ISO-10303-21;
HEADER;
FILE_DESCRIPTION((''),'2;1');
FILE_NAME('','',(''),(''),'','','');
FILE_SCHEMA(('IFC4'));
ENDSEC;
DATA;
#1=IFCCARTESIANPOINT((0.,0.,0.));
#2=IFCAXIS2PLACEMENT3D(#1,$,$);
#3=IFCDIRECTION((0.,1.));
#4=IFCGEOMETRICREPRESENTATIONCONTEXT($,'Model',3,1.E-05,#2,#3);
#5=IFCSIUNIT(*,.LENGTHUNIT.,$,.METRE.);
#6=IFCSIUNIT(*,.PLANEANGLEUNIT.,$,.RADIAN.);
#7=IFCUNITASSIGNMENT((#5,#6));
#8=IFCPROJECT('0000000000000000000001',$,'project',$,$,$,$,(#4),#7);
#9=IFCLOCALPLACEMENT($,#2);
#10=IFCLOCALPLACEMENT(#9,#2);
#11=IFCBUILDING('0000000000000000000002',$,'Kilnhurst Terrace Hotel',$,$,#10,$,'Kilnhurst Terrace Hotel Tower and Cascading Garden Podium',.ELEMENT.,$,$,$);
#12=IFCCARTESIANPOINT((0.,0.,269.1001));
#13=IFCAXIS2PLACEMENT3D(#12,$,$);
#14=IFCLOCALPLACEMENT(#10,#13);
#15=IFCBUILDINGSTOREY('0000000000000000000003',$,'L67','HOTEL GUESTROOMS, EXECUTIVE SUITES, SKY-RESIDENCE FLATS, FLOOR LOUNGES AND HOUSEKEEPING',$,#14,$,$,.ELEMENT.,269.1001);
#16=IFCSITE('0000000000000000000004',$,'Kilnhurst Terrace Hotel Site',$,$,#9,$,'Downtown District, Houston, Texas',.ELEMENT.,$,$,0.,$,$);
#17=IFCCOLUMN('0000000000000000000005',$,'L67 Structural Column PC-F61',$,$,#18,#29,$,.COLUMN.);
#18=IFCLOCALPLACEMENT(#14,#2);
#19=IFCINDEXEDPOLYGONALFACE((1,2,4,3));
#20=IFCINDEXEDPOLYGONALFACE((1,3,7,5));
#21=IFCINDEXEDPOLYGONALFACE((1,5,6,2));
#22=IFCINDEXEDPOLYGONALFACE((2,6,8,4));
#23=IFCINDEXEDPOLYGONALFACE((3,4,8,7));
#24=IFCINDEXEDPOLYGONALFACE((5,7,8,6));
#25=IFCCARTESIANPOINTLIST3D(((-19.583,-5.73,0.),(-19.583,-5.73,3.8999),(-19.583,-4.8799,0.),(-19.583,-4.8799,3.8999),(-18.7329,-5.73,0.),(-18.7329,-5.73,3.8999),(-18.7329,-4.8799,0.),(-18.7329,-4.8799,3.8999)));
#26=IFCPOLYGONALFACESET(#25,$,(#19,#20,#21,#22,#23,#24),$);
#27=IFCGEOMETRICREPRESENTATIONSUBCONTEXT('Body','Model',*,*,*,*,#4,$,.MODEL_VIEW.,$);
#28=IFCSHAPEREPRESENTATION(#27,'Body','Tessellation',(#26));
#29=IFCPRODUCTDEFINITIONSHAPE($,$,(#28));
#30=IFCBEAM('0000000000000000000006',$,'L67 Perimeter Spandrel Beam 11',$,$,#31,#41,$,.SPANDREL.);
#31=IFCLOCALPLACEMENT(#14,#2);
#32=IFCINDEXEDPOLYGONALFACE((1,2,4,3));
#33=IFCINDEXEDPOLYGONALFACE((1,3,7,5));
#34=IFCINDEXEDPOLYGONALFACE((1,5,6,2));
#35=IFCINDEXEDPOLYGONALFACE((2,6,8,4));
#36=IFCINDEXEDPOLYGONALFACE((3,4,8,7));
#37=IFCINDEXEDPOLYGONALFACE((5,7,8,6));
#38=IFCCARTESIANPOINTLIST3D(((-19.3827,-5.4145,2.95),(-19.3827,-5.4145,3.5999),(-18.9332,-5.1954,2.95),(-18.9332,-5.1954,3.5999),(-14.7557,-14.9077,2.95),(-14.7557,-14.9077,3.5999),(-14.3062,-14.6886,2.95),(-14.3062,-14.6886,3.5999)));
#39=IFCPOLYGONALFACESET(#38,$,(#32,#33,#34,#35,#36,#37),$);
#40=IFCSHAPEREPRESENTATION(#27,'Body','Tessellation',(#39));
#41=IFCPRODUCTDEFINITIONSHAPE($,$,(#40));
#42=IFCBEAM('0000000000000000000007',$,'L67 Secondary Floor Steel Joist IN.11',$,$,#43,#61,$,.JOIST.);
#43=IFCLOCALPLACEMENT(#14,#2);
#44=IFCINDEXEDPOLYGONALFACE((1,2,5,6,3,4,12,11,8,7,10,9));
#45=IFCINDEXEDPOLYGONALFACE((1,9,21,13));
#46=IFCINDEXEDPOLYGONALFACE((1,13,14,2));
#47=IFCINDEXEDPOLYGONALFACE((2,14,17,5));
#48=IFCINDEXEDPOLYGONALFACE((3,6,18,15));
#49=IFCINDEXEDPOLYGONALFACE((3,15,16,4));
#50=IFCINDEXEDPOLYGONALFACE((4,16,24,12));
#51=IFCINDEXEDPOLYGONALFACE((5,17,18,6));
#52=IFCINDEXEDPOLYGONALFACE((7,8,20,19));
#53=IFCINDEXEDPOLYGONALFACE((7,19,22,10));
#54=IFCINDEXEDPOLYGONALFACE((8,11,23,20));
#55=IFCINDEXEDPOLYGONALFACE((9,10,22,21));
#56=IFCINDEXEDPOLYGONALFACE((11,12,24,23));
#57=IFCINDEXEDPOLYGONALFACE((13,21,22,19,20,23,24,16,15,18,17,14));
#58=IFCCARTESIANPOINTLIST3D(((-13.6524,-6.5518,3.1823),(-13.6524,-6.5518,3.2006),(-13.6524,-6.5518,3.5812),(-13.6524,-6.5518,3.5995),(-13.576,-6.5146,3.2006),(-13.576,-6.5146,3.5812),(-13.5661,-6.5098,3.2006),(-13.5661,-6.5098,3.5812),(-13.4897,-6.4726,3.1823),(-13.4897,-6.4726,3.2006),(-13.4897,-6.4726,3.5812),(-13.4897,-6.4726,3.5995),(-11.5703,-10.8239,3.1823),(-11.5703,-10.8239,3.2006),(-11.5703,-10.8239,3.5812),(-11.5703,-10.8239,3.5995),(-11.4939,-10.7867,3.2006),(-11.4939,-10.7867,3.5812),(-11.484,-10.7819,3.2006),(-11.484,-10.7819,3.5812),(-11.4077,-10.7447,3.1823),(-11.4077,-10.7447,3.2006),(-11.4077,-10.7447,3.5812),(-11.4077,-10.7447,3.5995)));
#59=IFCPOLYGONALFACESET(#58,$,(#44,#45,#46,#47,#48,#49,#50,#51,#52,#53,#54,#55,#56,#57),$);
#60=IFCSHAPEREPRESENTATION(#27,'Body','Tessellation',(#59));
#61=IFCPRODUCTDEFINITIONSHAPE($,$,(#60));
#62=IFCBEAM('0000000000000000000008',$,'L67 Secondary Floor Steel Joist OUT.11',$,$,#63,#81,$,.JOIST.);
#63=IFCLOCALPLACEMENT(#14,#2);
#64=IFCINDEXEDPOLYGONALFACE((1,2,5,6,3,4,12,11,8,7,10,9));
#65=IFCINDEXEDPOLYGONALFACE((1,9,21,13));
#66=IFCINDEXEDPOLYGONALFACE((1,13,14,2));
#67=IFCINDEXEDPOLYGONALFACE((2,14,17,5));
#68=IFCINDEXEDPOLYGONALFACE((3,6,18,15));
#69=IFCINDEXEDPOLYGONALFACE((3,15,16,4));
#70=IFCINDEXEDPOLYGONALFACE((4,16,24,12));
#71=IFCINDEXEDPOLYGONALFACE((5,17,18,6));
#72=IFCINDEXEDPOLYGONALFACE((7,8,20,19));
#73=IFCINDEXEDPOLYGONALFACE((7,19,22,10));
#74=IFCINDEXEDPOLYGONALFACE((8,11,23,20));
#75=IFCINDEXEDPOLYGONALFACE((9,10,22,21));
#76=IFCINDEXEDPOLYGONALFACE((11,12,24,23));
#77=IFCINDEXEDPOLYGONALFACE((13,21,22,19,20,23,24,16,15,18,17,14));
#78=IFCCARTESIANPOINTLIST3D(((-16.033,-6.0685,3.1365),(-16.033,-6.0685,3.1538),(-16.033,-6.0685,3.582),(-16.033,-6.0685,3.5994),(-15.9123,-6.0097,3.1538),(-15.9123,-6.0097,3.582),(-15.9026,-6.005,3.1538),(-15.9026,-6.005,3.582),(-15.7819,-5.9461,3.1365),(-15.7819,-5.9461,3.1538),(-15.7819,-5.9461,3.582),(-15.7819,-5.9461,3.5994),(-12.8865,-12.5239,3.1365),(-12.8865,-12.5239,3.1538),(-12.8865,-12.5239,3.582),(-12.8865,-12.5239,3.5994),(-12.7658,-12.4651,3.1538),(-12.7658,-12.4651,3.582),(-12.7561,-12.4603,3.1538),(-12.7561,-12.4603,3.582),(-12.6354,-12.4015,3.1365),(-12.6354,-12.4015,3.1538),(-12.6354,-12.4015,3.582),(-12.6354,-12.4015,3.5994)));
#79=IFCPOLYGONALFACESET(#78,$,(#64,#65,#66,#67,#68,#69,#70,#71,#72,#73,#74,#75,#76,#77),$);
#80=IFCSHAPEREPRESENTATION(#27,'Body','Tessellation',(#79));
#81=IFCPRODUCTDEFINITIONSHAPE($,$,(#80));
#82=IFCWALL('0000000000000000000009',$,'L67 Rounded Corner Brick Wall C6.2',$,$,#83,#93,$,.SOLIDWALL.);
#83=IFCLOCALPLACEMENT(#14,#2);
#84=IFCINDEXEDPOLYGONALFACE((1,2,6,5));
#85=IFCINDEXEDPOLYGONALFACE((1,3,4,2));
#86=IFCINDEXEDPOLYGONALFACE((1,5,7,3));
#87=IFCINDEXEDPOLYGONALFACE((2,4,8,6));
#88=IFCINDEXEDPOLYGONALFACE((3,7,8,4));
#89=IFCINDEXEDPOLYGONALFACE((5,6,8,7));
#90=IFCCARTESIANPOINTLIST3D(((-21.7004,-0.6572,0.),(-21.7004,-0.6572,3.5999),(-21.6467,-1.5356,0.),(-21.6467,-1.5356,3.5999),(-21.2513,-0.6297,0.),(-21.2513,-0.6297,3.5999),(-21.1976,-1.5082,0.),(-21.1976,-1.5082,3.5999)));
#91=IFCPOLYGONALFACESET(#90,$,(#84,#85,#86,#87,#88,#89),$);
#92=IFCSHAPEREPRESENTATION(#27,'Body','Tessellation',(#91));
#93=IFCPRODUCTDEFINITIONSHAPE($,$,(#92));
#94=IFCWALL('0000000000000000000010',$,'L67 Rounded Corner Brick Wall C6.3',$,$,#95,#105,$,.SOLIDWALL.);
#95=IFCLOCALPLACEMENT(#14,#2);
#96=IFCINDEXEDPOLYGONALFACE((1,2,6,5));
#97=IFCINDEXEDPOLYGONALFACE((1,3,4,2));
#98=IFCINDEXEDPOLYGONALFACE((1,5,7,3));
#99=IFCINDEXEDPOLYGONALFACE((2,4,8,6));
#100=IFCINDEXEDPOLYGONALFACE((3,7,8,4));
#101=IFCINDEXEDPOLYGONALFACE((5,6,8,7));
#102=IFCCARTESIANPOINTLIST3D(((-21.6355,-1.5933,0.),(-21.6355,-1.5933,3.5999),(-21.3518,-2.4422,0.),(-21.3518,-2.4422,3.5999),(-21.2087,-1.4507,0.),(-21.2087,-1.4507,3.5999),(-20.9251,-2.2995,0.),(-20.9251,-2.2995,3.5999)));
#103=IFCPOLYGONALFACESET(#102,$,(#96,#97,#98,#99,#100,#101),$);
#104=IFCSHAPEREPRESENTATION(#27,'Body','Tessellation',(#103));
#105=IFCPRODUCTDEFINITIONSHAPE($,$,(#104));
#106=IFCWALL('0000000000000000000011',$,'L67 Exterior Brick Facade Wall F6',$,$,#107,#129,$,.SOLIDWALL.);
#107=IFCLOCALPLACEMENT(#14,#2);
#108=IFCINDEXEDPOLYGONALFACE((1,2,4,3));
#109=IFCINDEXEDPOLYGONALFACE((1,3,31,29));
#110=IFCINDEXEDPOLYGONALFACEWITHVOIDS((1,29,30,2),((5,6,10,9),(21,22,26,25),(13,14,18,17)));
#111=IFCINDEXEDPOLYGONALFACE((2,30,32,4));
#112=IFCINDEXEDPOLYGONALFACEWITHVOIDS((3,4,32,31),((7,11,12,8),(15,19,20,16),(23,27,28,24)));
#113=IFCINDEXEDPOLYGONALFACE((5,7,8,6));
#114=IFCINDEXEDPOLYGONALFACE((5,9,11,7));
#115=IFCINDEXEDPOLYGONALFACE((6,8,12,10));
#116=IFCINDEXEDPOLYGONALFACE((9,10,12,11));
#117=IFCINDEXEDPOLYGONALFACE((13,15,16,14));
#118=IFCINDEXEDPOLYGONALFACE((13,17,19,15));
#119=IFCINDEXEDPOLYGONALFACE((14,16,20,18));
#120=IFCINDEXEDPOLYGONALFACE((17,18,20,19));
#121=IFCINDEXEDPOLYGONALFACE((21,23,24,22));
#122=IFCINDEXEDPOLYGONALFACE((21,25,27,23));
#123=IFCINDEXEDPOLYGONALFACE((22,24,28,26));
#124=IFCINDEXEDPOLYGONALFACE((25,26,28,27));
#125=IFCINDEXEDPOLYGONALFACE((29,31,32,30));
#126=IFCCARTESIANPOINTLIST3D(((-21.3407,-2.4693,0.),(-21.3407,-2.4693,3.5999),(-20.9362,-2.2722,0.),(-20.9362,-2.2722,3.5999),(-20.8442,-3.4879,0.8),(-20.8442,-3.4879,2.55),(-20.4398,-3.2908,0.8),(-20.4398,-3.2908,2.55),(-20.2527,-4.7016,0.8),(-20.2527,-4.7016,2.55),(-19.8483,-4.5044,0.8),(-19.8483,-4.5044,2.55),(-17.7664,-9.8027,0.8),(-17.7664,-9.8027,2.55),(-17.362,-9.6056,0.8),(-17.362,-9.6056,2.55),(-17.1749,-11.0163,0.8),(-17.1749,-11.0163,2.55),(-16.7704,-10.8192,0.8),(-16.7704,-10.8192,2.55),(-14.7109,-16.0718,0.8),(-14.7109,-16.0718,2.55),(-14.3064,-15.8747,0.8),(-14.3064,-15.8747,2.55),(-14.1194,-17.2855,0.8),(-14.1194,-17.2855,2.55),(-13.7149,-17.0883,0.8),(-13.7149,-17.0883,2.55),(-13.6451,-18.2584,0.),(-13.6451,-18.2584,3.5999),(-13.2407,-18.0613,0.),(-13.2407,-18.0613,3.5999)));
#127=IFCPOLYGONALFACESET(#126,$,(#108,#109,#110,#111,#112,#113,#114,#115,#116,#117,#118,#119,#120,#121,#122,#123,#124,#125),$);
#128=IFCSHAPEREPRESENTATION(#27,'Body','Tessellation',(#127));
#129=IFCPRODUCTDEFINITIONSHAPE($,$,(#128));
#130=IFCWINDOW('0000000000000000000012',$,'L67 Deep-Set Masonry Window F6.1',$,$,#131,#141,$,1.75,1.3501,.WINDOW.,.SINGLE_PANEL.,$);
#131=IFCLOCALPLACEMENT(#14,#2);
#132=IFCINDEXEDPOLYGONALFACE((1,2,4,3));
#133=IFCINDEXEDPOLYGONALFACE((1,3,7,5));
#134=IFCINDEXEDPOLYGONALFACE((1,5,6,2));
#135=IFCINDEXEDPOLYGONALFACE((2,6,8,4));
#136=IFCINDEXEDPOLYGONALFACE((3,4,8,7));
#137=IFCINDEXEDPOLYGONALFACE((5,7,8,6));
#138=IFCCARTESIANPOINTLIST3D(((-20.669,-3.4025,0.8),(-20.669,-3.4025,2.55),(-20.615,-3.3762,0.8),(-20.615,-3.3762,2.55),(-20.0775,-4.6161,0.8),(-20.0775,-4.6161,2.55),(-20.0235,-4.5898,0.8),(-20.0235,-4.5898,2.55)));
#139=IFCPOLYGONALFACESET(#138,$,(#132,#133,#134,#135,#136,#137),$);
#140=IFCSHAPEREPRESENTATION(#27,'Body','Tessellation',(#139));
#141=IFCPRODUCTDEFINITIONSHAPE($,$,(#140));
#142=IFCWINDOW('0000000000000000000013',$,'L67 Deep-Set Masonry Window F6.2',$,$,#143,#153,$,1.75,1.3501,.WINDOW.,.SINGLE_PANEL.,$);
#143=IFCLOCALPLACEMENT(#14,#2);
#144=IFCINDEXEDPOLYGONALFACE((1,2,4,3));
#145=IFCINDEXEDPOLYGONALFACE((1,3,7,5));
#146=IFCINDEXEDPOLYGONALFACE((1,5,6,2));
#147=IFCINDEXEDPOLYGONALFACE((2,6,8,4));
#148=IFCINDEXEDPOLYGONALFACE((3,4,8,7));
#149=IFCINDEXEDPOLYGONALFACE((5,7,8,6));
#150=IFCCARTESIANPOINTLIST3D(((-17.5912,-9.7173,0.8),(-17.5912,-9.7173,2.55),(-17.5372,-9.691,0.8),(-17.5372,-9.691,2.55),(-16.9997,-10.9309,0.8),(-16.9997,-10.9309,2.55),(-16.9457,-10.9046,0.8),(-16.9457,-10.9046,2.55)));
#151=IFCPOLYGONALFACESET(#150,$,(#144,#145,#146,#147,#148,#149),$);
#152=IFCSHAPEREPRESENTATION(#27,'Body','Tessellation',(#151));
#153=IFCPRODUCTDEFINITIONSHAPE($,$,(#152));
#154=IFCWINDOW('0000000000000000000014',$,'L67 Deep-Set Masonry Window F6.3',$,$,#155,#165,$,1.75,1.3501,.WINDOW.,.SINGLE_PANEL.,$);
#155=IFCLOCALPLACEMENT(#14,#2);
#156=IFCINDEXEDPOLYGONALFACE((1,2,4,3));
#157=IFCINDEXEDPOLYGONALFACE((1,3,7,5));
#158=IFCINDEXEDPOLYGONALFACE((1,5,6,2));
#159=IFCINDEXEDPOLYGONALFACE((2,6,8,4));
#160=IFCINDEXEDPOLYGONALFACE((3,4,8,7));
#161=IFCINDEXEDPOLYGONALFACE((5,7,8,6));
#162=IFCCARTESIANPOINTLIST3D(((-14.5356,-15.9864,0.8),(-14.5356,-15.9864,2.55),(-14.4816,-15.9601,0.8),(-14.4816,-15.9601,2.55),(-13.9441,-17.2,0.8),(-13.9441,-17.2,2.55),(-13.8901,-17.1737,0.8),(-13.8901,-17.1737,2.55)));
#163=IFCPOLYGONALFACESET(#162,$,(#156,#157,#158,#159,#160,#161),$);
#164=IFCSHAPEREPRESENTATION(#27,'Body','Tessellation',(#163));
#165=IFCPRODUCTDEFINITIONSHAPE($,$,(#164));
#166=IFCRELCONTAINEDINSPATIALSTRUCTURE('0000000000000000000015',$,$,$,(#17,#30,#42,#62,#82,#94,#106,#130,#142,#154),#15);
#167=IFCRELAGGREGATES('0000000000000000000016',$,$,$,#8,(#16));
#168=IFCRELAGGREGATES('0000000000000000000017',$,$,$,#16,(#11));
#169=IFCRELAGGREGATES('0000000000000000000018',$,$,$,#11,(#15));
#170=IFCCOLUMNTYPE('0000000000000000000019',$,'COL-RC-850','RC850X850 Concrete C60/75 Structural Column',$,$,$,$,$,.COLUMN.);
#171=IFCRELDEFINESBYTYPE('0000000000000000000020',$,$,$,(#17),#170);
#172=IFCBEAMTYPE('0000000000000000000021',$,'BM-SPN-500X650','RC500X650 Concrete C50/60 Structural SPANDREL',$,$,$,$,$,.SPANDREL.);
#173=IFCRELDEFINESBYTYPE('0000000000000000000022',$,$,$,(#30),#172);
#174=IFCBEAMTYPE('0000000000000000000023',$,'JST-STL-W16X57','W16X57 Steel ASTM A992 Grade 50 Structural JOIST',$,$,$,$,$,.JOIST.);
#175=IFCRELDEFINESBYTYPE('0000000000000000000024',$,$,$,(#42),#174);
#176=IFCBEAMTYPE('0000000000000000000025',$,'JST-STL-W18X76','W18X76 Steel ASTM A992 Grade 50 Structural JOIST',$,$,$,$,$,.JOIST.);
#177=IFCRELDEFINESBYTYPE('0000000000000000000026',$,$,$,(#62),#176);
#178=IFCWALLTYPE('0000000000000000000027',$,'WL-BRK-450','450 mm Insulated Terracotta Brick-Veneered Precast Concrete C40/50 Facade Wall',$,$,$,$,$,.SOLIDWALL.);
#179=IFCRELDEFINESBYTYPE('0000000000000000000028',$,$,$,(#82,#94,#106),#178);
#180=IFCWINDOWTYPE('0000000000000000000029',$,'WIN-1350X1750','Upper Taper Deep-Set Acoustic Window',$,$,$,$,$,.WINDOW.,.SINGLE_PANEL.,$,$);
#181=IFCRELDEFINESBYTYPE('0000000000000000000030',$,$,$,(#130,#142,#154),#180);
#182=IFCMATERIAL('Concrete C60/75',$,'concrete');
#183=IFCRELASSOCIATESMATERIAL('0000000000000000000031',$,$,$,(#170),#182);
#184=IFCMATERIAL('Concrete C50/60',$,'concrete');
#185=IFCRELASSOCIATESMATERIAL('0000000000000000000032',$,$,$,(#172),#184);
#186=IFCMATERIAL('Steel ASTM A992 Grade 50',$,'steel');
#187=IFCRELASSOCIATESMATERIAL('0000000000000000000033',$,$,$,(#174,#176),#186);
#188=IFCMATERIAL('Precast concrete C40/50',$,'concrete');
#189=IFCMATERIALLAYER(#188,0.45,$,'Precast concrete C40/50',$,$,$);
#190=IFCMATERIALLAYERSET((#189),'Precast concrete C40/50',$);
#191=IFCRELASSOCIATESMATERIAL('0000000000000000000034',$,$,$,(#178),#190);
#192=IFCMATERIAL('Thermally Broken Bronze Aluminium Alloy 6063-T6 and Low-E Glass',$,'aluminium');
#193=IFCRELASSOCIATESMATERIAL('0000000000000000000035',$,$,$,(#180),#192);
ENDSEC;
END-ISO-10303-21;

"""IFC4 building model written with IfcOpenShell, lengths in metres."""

from ifc_helpers import new_model, si_unit, direction, frame, frame_2d, origin, origin_2d, place, context, subcontext, project, spatial, rectangle, i_section, extrude, material, layer, layer_set, material_profile, profile_set, type_object, element, fill, save


model = new_model("IFC4")

# Units and contexts
model_context = context("Model", 3, precision=1e-05, world=origin(), true_north=direction((0.0, 1.0)))
body_context = subcontext(model_context, "Body", "Model", "MODEL_VIEW")
ifc_project = project(units=[si_unit("LENGTHUNIT", "METRE"), si_unit("PLANEANGLEUNIT", "RADIAN")], contexts=[model_context])

# Site, building, storey
site_placement = place(None, origin())
site = spatial("IfcSite", under=ifc_project, at=site_placement, Name="Kilnhurst Terrace Hotel Site", LongName="Downtown District, Houston, Texas", CompositionType="ELEMENT", RefElevation=0.0)
building_placement = place(site_placement, origin())
building = spatial("IfcBuilding", under=site, at=building_placement, Name="Kilnhurst Terrace Hotel", LongName="Kilnhurst Terrace Hotel Tower and Cascading Garden Podium", CompositionType="ELEMENT")
storey_placement = place(building_placement, frame((0.0, 0.0, 269.1001)))
storey = spatial("IfcBuildingStorey", under=building, at=storey_placement, Name="L67", Description="HOTEL GUESTROOMS, EXECUTIVE SUITES, SKY-RESIDENCE FLATS, FLOOR LOUNGES AND HOUSEKEEPING", CompositionType="ELEMENT", Elevation=269.1001)

# Column
ifc_material_1 = material(Name="Concrete C60/75", Category="concrete")
ifc_material_profile_1 = material_profile(ifc_material_1, rectangle(XDim=0.8501, YDim=0.8501, at=origin_2d()), Name="RC850X850")
ifc_profile_set_1 = profile_set([ifc_material_profile_1], Name="Concrete C60/75")
column_type = type_object("IfcColumnType", Name="COL-RC-850", Description="RC850X850 Concrete C60/75 Structural Column", PredefinedType="COLUMN", material=ifc_profile_set_1)
column_placement = place(storey_placement, frame((-19.158, -5.3049, 0.0), z_axis=(0.0, 0.0, 1.0), x_axis=(1.0, 0.0, 0.0)))
element("IfcColumn", 1, at=column_placement, inside=storey, type_object=column_type, Name="L67 Structural Column PC-F61", PredefinedType="COLUMN", context=body_context, shape_type="SweptSolid", body=[
    extrude(rectangle(XDim=0.8501, YDim=0.8501, at=origin_2d()), origin(), (0.0, 0.0, 1.0), 3.8999),
])

# Beams
ifc_material_2 = material(Name="Concrete C50/60", Category="concrete")
ifc_material_profile_2 = material_profile(ifc_material_2, rectangle(XDim=0.5, YDim=0.6499, at=origin_2d()), Name="RC500X650")
ifc_profile_set_2 = profile_set([ifc_material_profile_2], Name="Concrete C50/60")
beam_type_1 = type_object("IfcBeamType", Name="BM-SPN-500X650", Description="RC500X650 Concrete C50/60 Structural SPANDREL", PredefinedType="SPANDREL", material=ifc_profile_set_2)
beam_1_placement = place(storey_placement, frame((-19.158, -5.3049, 3.2749), z_axis=(0.438128, -0.898912, 0.0), x_axis=(0.898912, 0.438128, 0.0)))
element("IfcBeam", 2, at=beam_1_placement, inside=storey, type_object=beam_type_1, Name="L67 Perimeter Spandrel Beam 11", PredefinedType="SPANDREL", context=body_context, shape_type="SweptSolid", body=[
    extrude(rectangle(XDim=0.5, YDim=0.6499, at=origin_2d()), origin(), (0.0, 0.0, 1.0), 10.5608),
])
ifc_material_3 = material(Name="Steel ASTM A992 Grade 50", Category="steel")
ifc_material_profile_3 = material_profile(ifc_material_3, i_section(OverallWidth=0.1809, OverallDepth=0.4172, WebThickness=0.011, FlangeThickness=0.0183, at=origin_2d()), Name="W16X57")
ifc_profile_set_3 = profile_set([ifc_material_profile_3], Name="Steel ASTM A992 Grade 50")
beam_type_2 = type_object("IfcBeamType", Name="JST-STL-W16X57", Description="W16X57 Steel ASTM A992 Grade 50 Structural JOIST", PredefinedType="JOIST", material=ifc_profile_set_3)
beam_2_placement = place(storey_placement, frame((-13.571, -6.5122, 3.3909), z_axis=(0.438108, -0.898922, 0.0), x_axis=(0.898922, 0.438108, 0.0)))
element("IfcBeam", 3, at=beam_2_placement, inside=storey, type_object=beam_type_2, Name="L67 Secondary Floor Steel Joist IN.11", PredefinedType="JOIST", context=body_context, shape_type="SweptSolid", body=[
    extrude(i_section(OverallWidth=0.1809, OverallDepth=0.4172, WebThickness=0.011, FlangeThickness=0.0183, at=origin_2d()), origin(), (0.0, 0.0, 1.0), 4.7524),
])
ifc_material_profile_4 = material_profile(ifc_material_3, i_section(OverallWidth=0.2793, OverallDepth=0.4629, WebThickness=0.0107, FlangeThickness=0.0173, at=origin_2d()), Name="W18X76")
ifc_profile_set_4 = profile_set([ifc_material_profile_4], Name="Steel ASTM A992 Grade 50")
beam_type_3 = type_object("IfcBeamType", Name="JST-STL-W18X76", Description="W18X76 Steel ASTM A992 Grade 50 Structural JOIST", PredefinedType="JOIST", material=ifc_profile_set_4)
beam_3_placement = place(storey_placement, frame((-15.9075, -6.0073, 3.3679), z_axis=(0.438148, -0.898903, 0.0), x_axis=(0.898903, 0.438148, 0.0)))
element("IfcBeam", 4, at=beam_3_placement, inside=storey, type_object=beam_type_3, Name="L67 Secondary Floor Steel Joist OUT.11", PredefinedType="JOIST", context=body_context, shape_type="SweptSolid", body=[
    extrude(i_section(OverallWidth=0.2793, OverallDepth=0.4629, WebThickness=0.0107, FlangeThickness=0.0173, at=origin_2d()), origin(), (0.0, 0.0, 1.0), 7.1814),
])

# Walls
ifc_material_4 = material(Name="Precast concrete C40/50", Category="concrete")
ifc_layer_1 = layer(ifc_material_4, 0.45, Name="Precast concrete C40/50")
ifc_layer_set_1 = layer_set([ifc_layer_1], Name="Precast concrete C40/50")
wall_type_1 = type_object("IfcWallType", Name="WL-BRK-450", Description="450 mm Insulated Terracotta Brick-Veneered Precast Concrete C40/50 Facade Wall", PredefinedType="SOLIDWALL", material=ifc_layer_set_1)
wall_1_placement = place(storey_placement, frame((-21.4758, -0.6436, 0.0), z_axis=(0.0, 0.0, 1.0), x_axis=(0.061031, -0.998136, 0.0)))
element("IfcWall", 5, at=wall_1_placement, inside=storey, type_object=wall_type_1, Name="L67 Rounded Corner Brick Wall C6.2", PredefinedType="SOLIDWALL", context=body_context, shape_type="SweptSolid", body=[
    extrude(rectangle(XDim=0.8801, YDim=0.45, at=frame_2d((0.4399, 0.0))), origin(), (0.0, 0.0, 1.0), 3.5999),
])
wall_2_placement = place(storey_placement, frame((-21.4221, -1.522, 0.0), z_axis=(0.0, 0.0, 1.0), x_axis=(0.316964, -0.948438, 0.0)))
element("IfcWall", 6, at=wall_2_placement, inside=storey, type_object=wall_type_1, Name="L67 Rounded Corner Brick Wall C6.3", PredefinedType="SOLIDWALL", context=body_context, shape_type="SweptSolid", body=[
    extrude(rectangle(XDim=0.895, YDim=0.45, at=frame_2d((0.4475, 0.0))), origin(), (0.0, 0.0, 1.0), 3.5999),
])

# Wall, openings, windows
wall_3_placement = place(storey_placement, frame((-21.1384, -2.3708, 0.0), z_axis=(0.0, 0.0, 1.0), x_axis=(0.438128, -0.898913, 0.0)))
wall_3 = element("IfcWall", 7, at=wall_3_placement, inside=storey, type_object=wall_type_1, Name="L67 Exterior Brick Facade Wall F6", PredefinedType="SOLIDWALL", context=body_context, shape_type="SweptSolid", body=[
    extrude(rectangle(XDim=17.5647, YDim=0.45, at=frame_2d((8.7822, 0.0))), origin(), (0.0, 0.0, 1.0), 3.5999),
])
opening_1_placement = place(wall_3_placement, frame((1.1331, 0.0, 0.8)))
opening_1 = element("IfcOpeningElement", 8, at=opening_1_placement, cuts=wall_3, PredefinedType="OPENING", context=body_context, shape_type="SweptSolid", body=[
    extrude(rectangle(XDim=1.3501, YDim=1.75, at=frame_2d((0.675, 0.875))), frame((0.0, 0.2349, 0.0), z_axis=(0.0, -1.0, 0.0), x_axis=(1.0, 0.0, 0.0)), (0.0, 0.0, 1.0), 0.47),
])
opening_2_placement = place(wall_3_placement, frame((8.158, 0.0, 0.8)))
opening_2 = element("IfcOpeningElement", 9, at=opening_2_placement, cuts=wall_3, PredefinedType="OPENING", context=body_context, shape_type="SweptSolid", body=[
    extrude(rectangle(XDim=1.3501, YDim=1.75, at=frame_2d((0.675, 0.875))), frame((0.0, 0.2349, 0.0), z_axis=(0.0, -1.0, 0.0), x_axis=(1.0, 0.0, 0.0)), (0.0, 0.0, 1.0), 0.47),
])
opening_3_placement = place(wall_3_placement, frame((15.1321, 0.0, 0.8)))
opening_3 = element("IfcOpeningElement", 10, at=opening_3_placement, cuts=wall_3, PredefinedType="OPENING", context=body_context, shape_type="SweptSolid", body=[
    extrude(rectangle(XDim=1.3501, YDim=1.75, at=frame_2d((0.675, 0.875))), frame((0.0, 0.2349, 0.0), z_axis=(0.0, -1.0, 0.0), x_axis=(1.0, 0.0, 0.0)), (0.0, 0.0, 1.0), 0.47),
])
ifc_material_5 = material(Name="Thermally Broken Bronze Aluminium Alloy 6063-T6 and Low-E Glass", Category="aluminium")
window_type = type_object("IfcWindowType", Name="WIN-1350X1750", Description="Upper Taper Deep-Set Acoustic Window", PartitioningType="SINGLE_PANEL", PredefinedType="WINDOW", material=ifc_material_5)
window_1_placement = place(opening_1_placement, origin())
window_1 = element("IfcWindow", 11, at=window_1_placement, inside=storey, type_object=window_type, Name="L67 Deep-Set Masonry Window F6.1", OverallHeight=1.75, OverallWidth=1.3501, PartitioningType="SINGLE_PANEL", PredefinedType="WINDOW", context=body_context, shape_type="SweptSolid", body=[
    extrude(rectangle(XDim=1.3501, YDim=1.75, at=frame_2d((0.675, 0.875))), frame((0.0, 0.03, 0.0), z_axis=(0.0, -1.0, 0.0), x_axis=(1.0, 0.0, 0.0)), (0.0, 0.0, 1.0), 0.0601),
])
fill(opening_1, window_1)
window_2_placement = place(opening_2_placement, origin())
window_2 = element("IfcWindow", 12, at=window_2_placement, inside=storey, type_object=window_type, Name="L67 Deep-Set Masonry Window F6.2", OverallHeight=1.75, OverallWidth=1.3501, PartitioningType="SINGLE_PANEL", PredefinedType="WINDOW", context=body_context, shape_type="SweptSolid", body=[
    extrude(rectangle(XDim=1.3501, YDim=1.75, at=frame_2d((0.675, 0.875))), frame((0.0, 0.03, 0.0), z_axis=(0.0, -1.0, 0.0), x_axis=(1.0, 0.0, 0.0)), (0.0, 0.0, 1.0), 0.0601),
])
fill(opening_2, window_2)
window_3_placement = place(opening_3_placement, origin())
window_3 = element("IfcWindow", 13, at=window_3_placement, inside=storey, type_object=window_type, Name="L67 Deep-Set Masonry Window F6.3", OverallHeight=1.75, OverallWidth=1.3501, PartitioningType="SINGLE_PANEL", PredefinedType="WINDOW", context=body_context, shape_type="SweptSolid", body=[
    extrude(rectangle(XDim=1.3501, YDim=1.75, at=frame_2d((0.675, 0.875))), frame((0.0, 0.03, 0.0), z_axis=(0.0, -1.0, 0.0), x_axis=(1.0, 0.0, 0.0)), (0.0, 0.0, 1.0), 0.0601),
])
fill(opening_3, window_3)

save(model, "model.ifc")
